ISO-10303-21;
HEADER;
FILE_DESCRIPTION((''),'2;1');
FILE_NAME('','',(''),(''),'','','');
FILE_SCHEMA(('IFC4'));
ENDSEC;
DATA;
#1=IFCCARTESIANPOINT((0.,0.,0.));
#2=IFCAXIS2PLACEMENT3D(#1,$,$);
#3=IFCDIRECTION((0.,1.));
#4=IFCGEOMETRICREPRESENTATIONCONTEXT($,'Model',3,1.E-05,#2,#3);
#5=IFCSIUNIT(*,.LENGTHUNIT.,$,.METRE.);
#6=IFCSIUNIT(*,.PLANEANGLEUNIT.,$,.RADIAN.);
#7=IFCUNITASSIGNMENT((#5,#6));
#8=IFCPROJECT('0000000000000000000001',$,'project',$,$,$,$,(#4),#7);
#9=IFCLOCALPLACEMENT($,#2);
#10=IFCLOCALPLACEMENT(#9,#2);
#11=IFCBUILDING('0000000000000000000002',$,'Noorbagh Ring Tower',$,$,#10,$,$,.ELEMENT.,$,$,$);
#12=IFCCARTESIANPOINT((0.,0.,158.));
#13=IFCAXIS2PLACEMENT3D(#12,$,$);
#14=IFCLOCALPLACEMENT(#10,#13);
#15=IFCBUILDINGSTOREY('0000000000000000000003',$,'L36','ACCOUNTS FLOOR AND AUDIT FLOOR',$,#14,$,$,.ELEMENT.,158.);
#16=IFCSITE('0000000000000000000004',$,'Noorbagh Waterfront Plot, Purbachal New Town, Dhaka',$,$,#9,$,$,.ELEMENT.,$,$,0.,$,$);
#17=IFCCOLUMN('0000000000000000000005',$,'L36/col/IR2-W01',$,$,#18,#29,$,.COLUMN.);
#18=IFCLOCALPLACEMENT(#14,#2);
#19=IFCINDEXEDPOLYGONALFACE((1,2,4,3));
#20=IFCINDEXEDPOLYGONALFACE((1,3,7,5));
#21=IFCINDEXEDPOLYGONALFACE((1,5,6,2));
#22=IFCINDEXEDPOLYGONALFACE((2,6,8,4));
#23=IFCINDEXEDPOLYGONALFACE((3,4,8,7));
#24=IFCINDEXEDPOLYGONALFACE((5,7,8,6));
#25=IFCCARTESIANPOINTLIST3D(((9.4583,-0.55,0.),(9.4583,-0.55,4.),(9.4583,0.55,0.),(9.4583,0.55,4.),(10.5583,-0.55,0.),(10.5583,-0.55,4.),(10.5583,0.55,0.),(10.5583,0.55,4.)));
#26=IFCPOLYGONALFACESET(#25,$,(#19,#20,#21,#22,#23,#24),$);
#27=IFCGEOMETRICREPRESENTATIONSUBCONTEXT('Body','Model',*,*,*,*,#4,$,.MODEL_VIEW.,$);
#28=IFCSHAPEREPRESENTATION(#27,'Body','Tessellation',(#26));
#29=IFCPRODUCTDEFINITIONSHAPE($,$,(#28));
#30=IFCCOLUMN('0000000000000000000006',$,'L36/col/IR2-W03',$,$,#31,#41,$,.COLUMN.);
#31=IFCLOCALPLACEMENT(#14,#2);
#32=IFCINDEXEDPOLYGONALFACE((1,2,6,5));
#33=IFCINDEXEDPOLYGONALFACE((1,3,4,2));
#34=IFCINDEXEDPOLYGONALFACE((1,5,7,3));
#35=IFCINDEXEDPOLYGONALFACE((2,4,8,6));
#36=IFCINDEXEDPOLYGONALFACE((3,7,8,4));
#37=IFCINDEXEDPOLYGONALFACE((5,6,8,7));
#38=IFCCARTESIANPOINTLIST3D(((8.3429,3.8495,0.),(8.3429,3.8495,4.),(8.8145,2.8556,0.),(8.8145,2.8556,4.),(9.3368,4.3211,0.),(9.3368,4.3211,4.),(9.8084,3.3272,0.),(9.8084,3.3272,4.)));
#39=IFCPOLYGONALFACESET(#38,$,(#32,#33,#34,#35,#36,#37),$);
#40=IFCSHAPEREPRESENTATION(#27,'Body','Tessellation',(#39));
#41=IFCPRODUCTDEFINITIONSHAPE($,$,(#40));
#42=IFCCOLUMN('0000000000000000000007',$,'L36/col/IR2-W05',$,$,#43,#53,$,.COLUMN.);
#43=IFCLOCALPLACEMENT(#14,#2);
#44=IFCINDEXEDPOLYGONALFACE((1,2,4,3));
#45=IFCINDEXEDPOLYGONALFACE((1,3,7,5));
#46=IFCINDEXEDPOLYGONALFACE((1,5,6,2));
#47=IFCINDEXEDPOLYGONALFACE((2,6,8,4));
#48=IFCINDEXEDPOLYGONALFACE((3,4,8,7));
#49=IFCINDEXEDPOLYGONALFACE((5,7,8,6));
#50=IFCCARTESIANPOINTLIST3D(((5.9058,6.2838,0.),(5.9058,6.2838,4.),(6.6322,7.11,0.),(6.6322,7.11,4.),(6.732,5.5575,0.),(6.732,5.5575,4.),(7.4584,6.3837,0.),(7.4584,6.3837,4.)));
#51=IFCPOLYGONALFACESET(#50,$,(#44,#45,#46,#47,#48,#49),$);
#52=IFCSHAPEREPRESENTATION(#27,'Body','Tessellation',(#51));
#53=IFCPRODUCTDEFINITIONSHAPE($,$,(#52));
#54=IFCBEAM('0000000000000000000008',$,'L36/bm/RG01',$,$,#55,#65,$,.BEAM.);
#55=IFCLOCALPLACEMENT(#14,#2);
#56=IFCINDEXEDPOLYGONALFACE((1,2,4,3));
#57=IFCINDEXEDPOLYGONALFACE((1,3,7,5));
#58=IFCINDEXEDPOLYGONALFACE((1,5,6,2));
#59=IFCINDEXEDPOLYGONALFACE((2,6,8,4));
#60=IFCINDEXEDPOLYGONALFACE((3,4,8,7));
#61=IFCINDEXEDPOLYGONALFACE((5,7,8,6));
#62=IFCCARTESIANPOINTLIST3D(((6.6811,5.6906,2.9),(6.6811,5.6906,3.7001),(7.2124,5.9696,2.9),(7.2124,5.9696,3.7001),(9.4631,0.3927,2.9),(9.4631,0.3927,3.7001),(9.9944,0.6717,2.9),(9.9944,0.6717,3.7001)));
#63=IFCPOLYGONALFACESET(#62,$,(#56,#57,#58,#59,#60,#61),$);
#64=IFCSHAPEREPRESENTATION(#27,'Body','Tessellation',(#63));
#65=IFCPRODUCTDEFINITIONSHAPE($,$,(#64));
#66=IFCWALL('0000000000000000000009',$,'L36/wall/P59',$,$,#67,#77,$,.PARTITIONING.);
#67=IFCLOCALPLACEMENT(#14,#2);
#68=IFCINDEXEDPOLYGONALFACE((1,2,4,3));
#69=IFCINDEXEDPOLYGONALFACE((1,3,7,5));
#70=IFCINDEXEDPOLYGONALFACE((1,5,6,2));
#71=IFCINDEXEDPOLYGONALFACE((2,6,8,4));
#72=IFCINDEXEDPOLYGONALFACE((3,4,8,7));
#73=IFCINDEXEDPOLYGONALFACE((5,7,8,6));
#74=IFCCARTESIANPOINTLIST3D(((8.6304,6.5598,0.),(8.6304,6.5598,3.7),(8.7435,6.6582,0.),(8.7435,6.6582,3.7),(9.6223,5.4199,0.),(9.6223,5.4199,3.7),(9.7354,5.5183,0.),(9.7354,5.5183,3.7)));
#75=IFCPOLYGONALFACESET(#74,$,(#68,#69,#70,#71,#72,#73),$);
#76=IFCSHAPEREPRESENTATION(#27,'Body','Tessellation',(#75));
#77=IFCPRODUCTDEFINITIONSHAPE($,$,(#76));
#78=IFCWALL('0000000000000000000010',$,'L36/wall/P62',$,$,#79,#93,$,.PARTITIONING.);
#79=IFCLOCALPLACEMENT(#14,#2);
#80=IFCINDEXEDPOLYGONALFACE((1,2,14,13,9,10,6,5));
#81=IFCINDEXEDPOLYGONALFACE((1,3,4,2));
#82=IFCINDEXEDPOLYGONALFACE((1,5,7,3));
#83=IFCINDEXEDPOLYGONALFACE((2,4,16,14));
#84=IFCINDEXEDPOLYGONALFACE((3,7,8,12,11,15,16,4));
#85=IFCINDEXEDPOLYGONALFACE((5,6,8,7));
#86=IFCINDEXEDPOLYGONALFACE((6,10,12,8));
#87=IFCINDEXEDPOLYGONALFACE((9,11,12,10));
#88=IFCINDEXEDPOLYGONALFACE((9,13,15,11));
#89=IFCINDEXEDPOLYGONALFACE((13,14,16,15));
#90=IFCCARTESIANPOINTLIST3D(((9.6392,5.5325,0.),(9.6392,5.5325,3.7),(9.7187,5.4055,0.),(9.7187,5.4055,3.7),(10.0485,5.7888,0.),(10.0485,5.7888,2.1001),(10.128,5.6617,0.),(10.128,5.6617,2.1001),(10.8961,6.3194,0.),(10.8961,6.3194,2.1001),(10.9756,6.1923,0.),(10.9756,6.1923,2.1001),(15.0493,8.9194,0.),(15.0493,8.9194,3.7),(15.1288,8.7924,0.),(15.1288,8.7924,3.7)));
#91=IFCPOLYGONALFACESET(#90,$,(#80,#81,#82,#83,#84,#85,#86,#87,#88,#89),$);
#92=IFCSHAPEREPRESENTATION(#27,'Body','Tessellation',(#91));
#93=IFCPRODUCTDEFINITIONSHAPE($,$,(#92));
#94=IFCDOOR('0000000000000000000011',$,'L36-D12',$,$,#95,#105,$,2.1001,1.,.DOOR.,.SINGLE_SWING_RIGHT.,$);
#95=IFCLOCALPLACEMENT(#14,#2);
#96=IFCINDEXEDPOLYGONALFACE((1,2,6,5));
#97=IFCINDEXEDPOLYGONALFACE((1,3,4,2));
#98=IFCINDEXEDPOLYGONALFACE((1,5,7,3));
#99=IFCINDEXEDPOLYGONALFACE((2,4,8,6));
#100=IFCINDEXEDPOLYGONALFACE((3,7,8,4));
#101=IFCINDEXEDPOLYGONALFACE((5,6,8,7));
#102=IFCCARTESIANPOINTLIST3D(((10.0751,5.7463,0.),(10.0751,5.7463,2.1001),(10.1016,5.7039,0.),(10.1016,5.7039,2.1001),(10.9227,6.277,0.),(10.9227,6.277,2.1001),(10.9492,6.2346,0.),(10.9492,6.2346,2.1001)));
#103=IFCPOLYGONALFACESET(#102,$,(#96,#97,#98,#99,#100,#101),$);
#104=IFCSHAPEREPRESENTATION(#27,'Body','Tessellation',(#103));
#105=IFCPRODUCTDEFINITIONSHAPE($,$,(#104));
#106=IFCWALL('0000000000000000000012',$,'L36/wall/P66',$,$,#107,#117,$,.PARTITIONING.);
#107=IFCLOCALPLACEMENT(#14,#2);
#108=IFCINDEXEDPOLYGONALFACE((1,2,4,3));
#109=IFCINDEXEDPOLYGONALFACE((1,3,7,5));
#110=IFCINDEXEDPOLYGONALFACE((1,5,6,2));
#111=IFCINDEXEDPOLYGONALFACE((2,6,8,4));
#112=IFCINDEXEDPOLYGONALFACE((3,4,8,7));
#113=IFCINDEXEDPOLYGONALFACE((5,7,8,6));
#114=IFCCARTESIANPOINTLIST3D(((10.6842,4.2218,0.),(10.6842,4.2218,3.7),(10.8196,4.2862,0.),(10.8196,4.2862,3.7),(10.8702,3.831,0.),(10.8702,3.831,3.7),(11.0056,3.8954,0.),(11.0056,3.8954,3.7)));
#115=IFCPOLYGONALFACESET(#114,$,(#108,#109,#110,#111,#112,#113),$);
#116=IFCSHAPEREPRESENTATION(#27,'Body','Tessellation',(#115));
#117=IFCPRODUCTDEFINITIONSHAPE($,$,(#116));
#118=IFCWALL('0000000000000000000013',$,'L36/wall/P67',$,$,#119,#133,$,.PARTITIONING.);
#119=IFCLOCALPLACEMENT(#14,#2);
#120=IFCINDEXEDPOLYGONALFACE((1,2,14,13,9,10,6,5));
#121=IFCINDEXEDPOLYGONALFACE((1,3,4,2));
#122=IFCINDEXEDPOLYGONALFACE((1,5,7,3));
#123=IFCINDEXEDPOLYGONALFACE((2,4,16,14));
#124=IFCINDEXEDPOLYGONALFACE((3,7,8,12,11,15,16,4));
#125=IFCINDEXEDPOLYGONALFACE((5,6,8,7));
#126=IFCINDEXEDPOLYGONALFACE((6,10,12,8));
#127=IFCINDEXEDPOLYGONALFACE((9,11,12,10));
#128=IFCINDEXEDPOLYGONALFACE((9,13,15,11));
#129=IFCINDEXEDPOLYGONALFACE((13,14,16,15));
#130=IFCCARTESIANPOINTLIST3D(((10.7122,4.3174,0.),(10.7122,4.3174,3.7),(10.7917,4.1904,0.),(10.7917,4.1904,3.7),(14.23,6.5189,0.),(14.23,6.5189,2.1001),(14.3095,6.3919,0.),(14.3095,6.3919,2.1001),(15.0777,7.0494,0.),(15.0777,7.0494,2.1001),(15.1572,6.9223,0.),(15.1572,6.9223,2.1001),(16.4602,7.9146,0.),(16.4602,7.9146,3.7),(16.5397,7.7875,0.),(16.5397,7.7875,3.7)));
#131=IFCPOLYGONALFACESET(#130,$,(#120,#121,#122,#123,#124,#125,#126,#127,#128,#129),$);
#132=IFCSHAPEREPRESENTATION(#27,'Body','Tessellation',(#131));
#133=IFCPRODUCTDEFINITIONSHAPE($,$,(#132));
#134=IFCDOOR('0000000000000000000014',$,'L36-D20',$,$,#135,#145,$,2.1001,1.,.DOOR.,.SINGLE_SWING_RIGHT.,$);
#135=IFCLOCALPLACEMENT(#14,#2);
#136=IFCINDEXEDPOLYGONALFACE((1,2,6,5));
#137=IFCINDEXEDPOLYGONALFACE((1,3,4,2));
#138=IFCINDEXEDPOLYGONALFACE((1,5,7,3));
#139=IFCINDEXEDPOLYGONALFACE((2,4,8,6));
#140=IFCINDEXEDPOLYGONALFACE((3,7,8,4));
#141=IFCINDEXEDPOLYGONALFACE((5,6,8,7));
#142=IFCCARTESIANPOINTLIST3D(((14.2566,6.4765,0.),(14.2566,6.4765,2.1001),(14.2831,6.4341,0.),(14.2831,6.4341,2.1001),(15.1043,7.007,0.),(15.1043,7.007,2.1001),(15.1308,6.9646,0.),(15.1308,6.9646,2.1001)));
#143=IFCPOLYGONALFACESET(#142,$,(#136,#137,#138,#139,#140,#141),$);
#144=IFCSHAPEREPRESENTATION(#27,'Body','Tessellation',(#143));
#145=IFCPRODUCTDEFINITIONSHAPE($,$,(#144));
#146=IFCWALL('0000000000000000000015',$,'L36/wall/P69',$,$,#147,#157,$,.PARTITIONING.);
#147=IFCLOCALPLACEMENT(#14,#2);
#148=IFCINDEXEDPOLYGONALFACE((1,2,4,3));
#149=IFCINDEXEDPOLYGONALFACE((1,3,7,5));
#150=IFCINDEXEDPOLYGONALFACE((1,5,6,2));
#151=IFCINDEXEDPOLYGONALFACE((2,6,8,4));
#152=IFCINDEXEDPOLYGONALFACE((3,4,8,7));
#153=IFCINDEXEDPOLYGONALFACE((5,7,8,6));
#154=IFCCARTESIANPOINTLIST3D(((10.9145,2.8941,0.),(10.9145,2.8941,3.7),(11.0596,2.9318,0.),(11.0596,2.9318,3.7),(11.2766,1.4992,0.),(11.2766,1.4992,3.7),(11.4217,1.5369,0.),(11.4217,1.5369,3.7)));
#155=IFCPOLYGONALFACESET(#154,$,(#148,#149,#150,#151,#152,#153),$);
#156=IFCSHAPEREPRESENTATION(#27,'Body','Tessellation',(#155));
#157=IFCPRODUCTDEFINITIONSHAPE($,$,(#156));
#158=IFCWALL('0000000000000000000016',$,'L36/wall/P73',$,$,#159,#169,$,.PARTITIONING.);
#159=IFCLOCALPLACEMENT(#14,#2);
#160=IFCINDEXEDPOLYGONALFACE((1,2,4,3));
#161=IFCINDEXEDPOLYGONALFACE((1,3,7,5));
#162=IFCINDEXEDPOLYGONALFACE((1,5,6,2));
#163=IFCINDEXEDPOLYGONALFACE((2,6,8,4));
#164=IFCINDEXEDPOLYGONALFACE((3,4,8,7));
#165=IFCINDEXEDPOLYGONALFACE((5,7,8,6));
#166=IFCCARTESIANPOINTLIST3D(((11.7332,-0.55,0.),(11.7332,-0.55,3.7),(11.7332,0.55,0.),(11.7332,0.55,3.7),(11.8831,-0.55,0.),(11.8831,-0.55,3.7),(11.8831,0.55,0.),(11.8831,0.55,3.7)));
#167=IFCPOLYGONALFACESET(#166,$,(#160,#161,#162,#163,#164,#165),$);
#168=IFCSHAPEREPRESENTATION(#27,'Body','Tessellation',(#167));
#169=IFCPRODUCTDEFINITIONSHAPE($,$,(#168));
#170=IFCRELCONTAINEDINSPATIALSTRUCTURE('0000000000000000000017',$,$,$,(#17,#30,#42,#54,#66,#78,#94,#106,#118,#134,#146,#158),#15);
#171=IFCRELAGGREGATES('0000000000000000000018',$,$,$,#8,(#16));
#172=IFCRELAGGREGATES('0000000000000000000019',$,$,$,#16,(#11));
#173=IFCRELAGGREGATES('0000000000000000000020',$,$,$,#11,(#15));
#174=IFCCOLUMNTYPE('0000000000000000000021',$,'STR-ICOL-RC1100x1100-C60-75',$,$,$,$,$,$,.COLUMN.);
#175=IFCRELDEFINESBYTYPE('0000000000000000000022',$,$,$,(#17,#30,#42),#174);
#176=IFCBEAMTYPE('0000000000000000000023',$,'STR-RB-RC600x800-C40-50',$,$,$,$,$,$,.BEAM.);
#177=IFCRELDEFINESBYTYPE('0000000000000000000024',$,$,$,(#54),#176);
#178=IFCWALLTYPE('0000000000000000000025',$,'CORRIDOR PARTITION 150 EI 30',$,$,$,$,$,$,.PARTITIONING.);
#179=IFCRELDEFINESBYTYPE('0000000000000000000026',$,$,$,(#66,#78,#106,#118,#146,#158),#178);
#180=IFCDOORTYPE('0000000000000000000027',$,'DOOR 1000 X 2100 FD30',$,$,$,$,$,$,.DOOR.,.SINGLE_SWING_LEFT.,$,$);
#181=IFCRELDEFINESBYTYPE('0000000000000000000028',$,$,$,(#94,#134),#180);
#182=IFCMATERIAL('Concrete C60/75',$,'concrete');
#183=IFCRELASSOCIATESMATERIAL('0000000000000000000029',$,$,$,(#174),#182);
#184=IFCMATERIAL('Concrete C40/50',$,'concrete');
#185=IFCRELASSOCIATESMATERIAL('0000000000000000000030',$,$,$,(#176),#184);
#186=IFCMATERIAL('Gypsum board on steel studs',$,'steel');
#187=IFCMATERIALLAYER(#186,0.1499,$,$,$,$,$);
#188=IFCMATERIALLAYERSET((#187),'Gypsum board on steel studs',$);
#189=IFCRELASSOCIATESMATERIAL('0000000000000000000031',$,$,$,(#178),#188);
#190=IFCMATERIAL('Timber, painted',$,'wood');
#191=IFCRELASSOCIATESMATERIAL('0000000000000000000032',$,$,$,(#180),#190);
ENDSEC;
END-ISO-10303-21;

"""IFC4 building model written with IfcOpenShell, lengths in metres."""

from ifc_helpers import new_model, si_unit, direction, frame, frame_2d, origin, origin_2d, place, context, subcontext, project, spatial, rectangle, extrude, material, layer, layer_set, material_profile, profile_set, type_object, element, fill, save


model = new_model("IFC4")

# Units and contexts
model_context = context("Model", 3, precision=1e-05, world=origin(), true_north=direction((0.0, 1.0)))
body_context = subcontext(model_context, "Body", "Model", "MODEL_VIEW")
ifc_project = project(units=[si_unit("LENGTHUNIT", "METRE"), si_unit("PLANEANGLEUNIT", "RADIAN")], contexts=[model_context])

# Site, building, storey
site_placement = place(None, origin())
site = spatial("IfcSite", under=ifc_project, at=site_placement, Name="Noorbagh Waterfront Plot, Purbachal New Town, Dhaka", CompositionType="ELEMENT", RefElevation=0.0)
building_placement = place(site_placement, origin())
building = spatial("IfcBuilding", under=site, at=building_placement, Name="Noorbagh Ring Tower", CompositionType="ELEMENT")
storey_placement = place(building_placement, frame((0.0, 0.0, 158.0)))
storey = spatial("IfcBuildingStorey", under=building, at=storey_placement, Name="L36", Description="ACCOUNTS FLOOR AND AUDIT FLOOR", CompositionType="ELEMENT", Elevation=158.0)

# Columns
ifc_material_1 = material(Name="Concrete C60/75", Category="concrete")
ifc_material_profile_1 = material_profile(ifc_material_1, rectangle(XDim=1.1001, YDim=1.1001, at=origin_2d()), Name="RC1100x1100")
ifc_profile_set_1 = profile_set([ifc_material_profile_1], Name="Concrete C60/75")
column_type = type_object("IfcColumnType", Name="STR-ICOL-RC1100x1100-C60-75", PredefinedType="COLUMN", material=ifc_profile_set_1)
for number, where, z_axis, x_axis, name in (
    (1, (10.0083, 0.0, 0.0), (0.0, 0.0, 1.0), (0.0, 1.0, 0.0), "L36/col/IR2-W01"),
    (2, (9.0757, 3.5884, 0.0), (0.0, 0.0, 1.0), (-0.428667, 0.903463, 0.0), "L36/col/IR2-W03"),
    (3, (6.6821, 6.3337, 0.0), (0.0, 0.0, 1.0), (-0.751022, 0.660277, 0.0), "L36/col/IR2-W05"),
):
    element("IfcColumn", number, at=place(storey_placement, frame(where, z_axis=z_axis, x_axis=x_axis)), inside=storey, type_object=column_type, Name=name, PredefinedType="COLUMN", context=body_context, shape_type="SweptSolid", body=[
        extrude(rectangle(XDim=1.1001, YDim=1.1001, at=origin_2d()), origin(), (0.0, 0.0, 1.0), 4.0),
    ])

# Beam
ifc_material_2 = material(Name="Concrete C40/50", Category="concrete")
ifc_material_profile_2 = material_profile(ifc_material_2, rectangle(XDim=0.6001, YDim=0.8, at=origin_2d()), Name="RC600x800")
ifc_profile_set_2 = profile_set([ifc_material_profile_2], Name="Concrete C40/50")
beam_type = type_object("IfcBeamType", Name="STR-RB-RC600x800-C40-50", PredefinedType="BEAM", material=ifc_profile_set_2)
beam_placement = place(storey_placement, frame((9.7288, 0.5322, 3.3), z_axis=(-0.464914, 0.885356, 0.0), x_axis=(-0.885356, -0.464914, 0.0)))
element("IfcBeam", 4, at=beam_placement, inside=storey, type_object=beam_type, Name="L36/bm/RG01", PredefinedType="BEAM", context=body_context, shape_type="SweptSolid", body=[
    extrude(rectangle(XDim=0.6001, YDim=0.8, at=origin_2d()), origin(), (0.0, 0.0, 1.0), 5.9839),
])

# Wall
ifc_material_3 = material(Name="Gypsum board on steel studs", Category="steel")
ifc_layer = layer(ifc_material_3, 0.1499)
ifc_layer_set = layer_set([ifc_layer], Name="Gypsum board on steel studs")
wall_type = type_object("IfcWallType", Name="CORRIDOR PARTITION 150 EI 30", PredefinedType="PARTITIONING", material=ifc_layer_set)
wall_1_placement = place(storey_placement, frame((8.687, 6.6089, 0.0), z_axis=(0.0, 0.0, 1.0), x_axis=(0.656455, -0.754365, 0.0)))
element("IfcWall", 5, at=wall_1_placement, inside=storey, type_object=wall_type, Name="L36/wall/P59", PredefinedType="PARTITIONING", context=body_context, shape_type="SweptSolid", body=[
    extrude(rectangle(XDim=1.511, YDim=0.1499, at=frame_2d((0.7554, 0.0))), origin(), (0.0, 0.0, 1.0), 3.7),
])

# Wall, opening, door
wall_2_placement = place(storey_placement, frame((9.679, 5.469, 0.0), z_axis=(0.0, 0.0, 1.0), x_axis=(0.847603, 0.530631, 0.0)))
wall_2 = element("IfcWall", 6, at=wall_2_placement, inside=storey, type_object=wall_type, Name="L36/wall/P62", PredefinedType="PARTITIONING", context=body_context, shape_type="SweptSolid", body=[
    extrude(rectangle(XDim=6.3828, YDim=0.1499, at=frame_2d((3.1914, 0.0))), origin(), (0.0, 0.0, 1.0), 3.7),
])
opening_1_placement = place(wall_2_placement, frame((0.4829, 0.0, 0.0)))
opening_1 = element("IfcOpeningElement", 7, at=opening_1_placement, cuts=wall_2, PredefinedType="OPENING", context=body_context, shape_type="SweptSolid", body=[
    extrude(rectangle(XDim=1.0, YDim=2.1001, at=frame_2d((0.5, 1.05))), frame((0.0, 0.085, 0.0), z_axis=(0.0, -1.0, 0.0), x_axis=(1.0, 0.0, 0.0)), (0.0, 0.0, 1.0), 0.1699),
])
ifc_material_4 = material(Name="Timber, painted", Category="wood")
door_type = type_object("IfcDoorType", Name="DOOR 1000 X 2100 FD30", OperationType="SINGLE_SWING_LEFT", PredefinedType="DOOR", material=ifc_material_4)
door_1_placement = place(opening_1_placement, origin())
door_1 = element("IfcDoor", 8, at=door_1_placement, inside=storey, type_object=door_type, Name="L36-D12", OperationType="SINGLE_SWING_RIGHT", OverallHeight=2.1001, OverallWidth=1.0, PredefinedType="DOOR", context=body_context, shape_type="SweptSolid", body=[
    extrude(rectangle(XDim=1.0, YDim=2.1001, at=frame_2d((0.5, 1.05))), frame((0.0, 0.0249, 0.0), z_axis=(0.0, -1.0, 0.0), x_axis=(1.0, 0.0, 0.0)), (0.0, 0.0, 1.0), 0.05),
])
fill(opening_1, door_1)

# Wall
wall_3_placement = place(storey_placement, frame((10.752, 4.2539, 0.0), z_axis=(0.0, 0.0, 1.0), x_axis=(0.429758, -0.902944, 0.0)))
element("IfcWall", 9, at=wall_3_placement, inside=storey, type_object=wall_type, Name="L36/wall/P66", PredefinedType="PARTITIONING", context=body_context, shape_type="SweptSolid", body=[
    extrude(rectangle(XDim=0.4329, YDim=0.1499, at=frame_2d((0.2163, 0.0))), origin(), (0.0, 0.0, 1.0), 3.7),
])

# Wall, opening, door
wall_4_placement = place(storey_placement, frame((10.752, 4.2539, 0.0), z_axis=(0.0, 0.0, 1.0), x_axis=(0.847691, 0.530491, 0.0)))
wall_4 = element("IfcWall", 10, at=wall_4_placement, inside=storey, type_object=wall_type, Name="L36/wall/P67", PredefinedType="PARTITIONING", context=body_context, shape_type="SweptSolid", body=[
    extrude(rectangle(XDim=6.7808, YDim=0.1499, at=frame_2d((3.3904, 0.0))), origin(), (0.0, 0.0, 1.0), 3.7),
])
opening_2_placement = place(wall_4_placement, frame((4.1499, 0.0, 0.0)))
opening_2 = element("IfcOpeningElement", 11, at=opening_2_placement, cuts=wall_4, PredefinedType="OPENING", context=body_context, shape_type="SweptSolid", body=[
    extrude(rectangle(XDim=1.0, YDim=2.1001, at=frame_2d((0.5, 1.05))), frame((0.0, 0.085, 0.0), z_axis=(0.0, -1.0, 0.0), x_axis=(1.0, 0.0, 0.0)), (0.0, 0.0, 1.0), 0.1699),
])
door_2_placement = place(opening_2_placement, origin())
door_2 = element("IfcDoor", 12, at=door_2_placement, inside=storey, type_object=door_type, Name="L36-D20", OperationType="SINGLE_SWING_RIGHT", OverallHeight=2.1001, OverallWidth=1.0, PredefinedType="DOOR", context=body_context, shape_type="SweptSolid", body=[
    extrude(rectangle(XDim=1.0, YDim=2.1001, at=frame_2d((0.5, 1.05))), frame((0.0, 0.0249, 0.0), z_axis=(0.0, -1.0, 0.0), x_axis=(1.0, 0.0, 0.0)), (0.0, 0.0, 1.0), 0.05),
])
fill(opening_2, door_2)

# Walls
wall_5_placement = place(storey_placement, frame((10.9871, 2.9131, 0.0), z_axis=(0.0, 0.0, 1.0), x_axis=(0.251215, -0.967931, 0.0)))
element("IfcWall", 13, at=wall_5_placement, inside=storey, type_object=wall_type, Name="L36/wall/P69", PredefinedType="PARTITIONING", context=body_context, shape_type="SweptSolid", body=[
    extrude(rectangle(XDim=1.4412, YDim=0.1499, at=frame_2d((0.7207, 0.0))), origin(), (0.0, 0.0, 1.0), 3.7),
])
wall_6_placement = place(storey_placement, frame((11.8081, -0.55, 0.0), z_axis=(0.0, 0.0, 1.0), x_axis=(0.0, 1.0, 0.0)))
element("IfcWall", 14, at=wall_6_placement, inside=storey, type_object=wall_type, Name="L36/wall/P73", PredefinedType="PARTITIONING", context=body_context, shape_type="SweptSolid", body=[
    extrude(rectangle(XDim=1.1001, YDim=0.1499, at=frame_2d((0.55, 0.0))), origin(), (0.0, 0.0, 1.0), 3.7),
])

save(model, "model.ifc")
